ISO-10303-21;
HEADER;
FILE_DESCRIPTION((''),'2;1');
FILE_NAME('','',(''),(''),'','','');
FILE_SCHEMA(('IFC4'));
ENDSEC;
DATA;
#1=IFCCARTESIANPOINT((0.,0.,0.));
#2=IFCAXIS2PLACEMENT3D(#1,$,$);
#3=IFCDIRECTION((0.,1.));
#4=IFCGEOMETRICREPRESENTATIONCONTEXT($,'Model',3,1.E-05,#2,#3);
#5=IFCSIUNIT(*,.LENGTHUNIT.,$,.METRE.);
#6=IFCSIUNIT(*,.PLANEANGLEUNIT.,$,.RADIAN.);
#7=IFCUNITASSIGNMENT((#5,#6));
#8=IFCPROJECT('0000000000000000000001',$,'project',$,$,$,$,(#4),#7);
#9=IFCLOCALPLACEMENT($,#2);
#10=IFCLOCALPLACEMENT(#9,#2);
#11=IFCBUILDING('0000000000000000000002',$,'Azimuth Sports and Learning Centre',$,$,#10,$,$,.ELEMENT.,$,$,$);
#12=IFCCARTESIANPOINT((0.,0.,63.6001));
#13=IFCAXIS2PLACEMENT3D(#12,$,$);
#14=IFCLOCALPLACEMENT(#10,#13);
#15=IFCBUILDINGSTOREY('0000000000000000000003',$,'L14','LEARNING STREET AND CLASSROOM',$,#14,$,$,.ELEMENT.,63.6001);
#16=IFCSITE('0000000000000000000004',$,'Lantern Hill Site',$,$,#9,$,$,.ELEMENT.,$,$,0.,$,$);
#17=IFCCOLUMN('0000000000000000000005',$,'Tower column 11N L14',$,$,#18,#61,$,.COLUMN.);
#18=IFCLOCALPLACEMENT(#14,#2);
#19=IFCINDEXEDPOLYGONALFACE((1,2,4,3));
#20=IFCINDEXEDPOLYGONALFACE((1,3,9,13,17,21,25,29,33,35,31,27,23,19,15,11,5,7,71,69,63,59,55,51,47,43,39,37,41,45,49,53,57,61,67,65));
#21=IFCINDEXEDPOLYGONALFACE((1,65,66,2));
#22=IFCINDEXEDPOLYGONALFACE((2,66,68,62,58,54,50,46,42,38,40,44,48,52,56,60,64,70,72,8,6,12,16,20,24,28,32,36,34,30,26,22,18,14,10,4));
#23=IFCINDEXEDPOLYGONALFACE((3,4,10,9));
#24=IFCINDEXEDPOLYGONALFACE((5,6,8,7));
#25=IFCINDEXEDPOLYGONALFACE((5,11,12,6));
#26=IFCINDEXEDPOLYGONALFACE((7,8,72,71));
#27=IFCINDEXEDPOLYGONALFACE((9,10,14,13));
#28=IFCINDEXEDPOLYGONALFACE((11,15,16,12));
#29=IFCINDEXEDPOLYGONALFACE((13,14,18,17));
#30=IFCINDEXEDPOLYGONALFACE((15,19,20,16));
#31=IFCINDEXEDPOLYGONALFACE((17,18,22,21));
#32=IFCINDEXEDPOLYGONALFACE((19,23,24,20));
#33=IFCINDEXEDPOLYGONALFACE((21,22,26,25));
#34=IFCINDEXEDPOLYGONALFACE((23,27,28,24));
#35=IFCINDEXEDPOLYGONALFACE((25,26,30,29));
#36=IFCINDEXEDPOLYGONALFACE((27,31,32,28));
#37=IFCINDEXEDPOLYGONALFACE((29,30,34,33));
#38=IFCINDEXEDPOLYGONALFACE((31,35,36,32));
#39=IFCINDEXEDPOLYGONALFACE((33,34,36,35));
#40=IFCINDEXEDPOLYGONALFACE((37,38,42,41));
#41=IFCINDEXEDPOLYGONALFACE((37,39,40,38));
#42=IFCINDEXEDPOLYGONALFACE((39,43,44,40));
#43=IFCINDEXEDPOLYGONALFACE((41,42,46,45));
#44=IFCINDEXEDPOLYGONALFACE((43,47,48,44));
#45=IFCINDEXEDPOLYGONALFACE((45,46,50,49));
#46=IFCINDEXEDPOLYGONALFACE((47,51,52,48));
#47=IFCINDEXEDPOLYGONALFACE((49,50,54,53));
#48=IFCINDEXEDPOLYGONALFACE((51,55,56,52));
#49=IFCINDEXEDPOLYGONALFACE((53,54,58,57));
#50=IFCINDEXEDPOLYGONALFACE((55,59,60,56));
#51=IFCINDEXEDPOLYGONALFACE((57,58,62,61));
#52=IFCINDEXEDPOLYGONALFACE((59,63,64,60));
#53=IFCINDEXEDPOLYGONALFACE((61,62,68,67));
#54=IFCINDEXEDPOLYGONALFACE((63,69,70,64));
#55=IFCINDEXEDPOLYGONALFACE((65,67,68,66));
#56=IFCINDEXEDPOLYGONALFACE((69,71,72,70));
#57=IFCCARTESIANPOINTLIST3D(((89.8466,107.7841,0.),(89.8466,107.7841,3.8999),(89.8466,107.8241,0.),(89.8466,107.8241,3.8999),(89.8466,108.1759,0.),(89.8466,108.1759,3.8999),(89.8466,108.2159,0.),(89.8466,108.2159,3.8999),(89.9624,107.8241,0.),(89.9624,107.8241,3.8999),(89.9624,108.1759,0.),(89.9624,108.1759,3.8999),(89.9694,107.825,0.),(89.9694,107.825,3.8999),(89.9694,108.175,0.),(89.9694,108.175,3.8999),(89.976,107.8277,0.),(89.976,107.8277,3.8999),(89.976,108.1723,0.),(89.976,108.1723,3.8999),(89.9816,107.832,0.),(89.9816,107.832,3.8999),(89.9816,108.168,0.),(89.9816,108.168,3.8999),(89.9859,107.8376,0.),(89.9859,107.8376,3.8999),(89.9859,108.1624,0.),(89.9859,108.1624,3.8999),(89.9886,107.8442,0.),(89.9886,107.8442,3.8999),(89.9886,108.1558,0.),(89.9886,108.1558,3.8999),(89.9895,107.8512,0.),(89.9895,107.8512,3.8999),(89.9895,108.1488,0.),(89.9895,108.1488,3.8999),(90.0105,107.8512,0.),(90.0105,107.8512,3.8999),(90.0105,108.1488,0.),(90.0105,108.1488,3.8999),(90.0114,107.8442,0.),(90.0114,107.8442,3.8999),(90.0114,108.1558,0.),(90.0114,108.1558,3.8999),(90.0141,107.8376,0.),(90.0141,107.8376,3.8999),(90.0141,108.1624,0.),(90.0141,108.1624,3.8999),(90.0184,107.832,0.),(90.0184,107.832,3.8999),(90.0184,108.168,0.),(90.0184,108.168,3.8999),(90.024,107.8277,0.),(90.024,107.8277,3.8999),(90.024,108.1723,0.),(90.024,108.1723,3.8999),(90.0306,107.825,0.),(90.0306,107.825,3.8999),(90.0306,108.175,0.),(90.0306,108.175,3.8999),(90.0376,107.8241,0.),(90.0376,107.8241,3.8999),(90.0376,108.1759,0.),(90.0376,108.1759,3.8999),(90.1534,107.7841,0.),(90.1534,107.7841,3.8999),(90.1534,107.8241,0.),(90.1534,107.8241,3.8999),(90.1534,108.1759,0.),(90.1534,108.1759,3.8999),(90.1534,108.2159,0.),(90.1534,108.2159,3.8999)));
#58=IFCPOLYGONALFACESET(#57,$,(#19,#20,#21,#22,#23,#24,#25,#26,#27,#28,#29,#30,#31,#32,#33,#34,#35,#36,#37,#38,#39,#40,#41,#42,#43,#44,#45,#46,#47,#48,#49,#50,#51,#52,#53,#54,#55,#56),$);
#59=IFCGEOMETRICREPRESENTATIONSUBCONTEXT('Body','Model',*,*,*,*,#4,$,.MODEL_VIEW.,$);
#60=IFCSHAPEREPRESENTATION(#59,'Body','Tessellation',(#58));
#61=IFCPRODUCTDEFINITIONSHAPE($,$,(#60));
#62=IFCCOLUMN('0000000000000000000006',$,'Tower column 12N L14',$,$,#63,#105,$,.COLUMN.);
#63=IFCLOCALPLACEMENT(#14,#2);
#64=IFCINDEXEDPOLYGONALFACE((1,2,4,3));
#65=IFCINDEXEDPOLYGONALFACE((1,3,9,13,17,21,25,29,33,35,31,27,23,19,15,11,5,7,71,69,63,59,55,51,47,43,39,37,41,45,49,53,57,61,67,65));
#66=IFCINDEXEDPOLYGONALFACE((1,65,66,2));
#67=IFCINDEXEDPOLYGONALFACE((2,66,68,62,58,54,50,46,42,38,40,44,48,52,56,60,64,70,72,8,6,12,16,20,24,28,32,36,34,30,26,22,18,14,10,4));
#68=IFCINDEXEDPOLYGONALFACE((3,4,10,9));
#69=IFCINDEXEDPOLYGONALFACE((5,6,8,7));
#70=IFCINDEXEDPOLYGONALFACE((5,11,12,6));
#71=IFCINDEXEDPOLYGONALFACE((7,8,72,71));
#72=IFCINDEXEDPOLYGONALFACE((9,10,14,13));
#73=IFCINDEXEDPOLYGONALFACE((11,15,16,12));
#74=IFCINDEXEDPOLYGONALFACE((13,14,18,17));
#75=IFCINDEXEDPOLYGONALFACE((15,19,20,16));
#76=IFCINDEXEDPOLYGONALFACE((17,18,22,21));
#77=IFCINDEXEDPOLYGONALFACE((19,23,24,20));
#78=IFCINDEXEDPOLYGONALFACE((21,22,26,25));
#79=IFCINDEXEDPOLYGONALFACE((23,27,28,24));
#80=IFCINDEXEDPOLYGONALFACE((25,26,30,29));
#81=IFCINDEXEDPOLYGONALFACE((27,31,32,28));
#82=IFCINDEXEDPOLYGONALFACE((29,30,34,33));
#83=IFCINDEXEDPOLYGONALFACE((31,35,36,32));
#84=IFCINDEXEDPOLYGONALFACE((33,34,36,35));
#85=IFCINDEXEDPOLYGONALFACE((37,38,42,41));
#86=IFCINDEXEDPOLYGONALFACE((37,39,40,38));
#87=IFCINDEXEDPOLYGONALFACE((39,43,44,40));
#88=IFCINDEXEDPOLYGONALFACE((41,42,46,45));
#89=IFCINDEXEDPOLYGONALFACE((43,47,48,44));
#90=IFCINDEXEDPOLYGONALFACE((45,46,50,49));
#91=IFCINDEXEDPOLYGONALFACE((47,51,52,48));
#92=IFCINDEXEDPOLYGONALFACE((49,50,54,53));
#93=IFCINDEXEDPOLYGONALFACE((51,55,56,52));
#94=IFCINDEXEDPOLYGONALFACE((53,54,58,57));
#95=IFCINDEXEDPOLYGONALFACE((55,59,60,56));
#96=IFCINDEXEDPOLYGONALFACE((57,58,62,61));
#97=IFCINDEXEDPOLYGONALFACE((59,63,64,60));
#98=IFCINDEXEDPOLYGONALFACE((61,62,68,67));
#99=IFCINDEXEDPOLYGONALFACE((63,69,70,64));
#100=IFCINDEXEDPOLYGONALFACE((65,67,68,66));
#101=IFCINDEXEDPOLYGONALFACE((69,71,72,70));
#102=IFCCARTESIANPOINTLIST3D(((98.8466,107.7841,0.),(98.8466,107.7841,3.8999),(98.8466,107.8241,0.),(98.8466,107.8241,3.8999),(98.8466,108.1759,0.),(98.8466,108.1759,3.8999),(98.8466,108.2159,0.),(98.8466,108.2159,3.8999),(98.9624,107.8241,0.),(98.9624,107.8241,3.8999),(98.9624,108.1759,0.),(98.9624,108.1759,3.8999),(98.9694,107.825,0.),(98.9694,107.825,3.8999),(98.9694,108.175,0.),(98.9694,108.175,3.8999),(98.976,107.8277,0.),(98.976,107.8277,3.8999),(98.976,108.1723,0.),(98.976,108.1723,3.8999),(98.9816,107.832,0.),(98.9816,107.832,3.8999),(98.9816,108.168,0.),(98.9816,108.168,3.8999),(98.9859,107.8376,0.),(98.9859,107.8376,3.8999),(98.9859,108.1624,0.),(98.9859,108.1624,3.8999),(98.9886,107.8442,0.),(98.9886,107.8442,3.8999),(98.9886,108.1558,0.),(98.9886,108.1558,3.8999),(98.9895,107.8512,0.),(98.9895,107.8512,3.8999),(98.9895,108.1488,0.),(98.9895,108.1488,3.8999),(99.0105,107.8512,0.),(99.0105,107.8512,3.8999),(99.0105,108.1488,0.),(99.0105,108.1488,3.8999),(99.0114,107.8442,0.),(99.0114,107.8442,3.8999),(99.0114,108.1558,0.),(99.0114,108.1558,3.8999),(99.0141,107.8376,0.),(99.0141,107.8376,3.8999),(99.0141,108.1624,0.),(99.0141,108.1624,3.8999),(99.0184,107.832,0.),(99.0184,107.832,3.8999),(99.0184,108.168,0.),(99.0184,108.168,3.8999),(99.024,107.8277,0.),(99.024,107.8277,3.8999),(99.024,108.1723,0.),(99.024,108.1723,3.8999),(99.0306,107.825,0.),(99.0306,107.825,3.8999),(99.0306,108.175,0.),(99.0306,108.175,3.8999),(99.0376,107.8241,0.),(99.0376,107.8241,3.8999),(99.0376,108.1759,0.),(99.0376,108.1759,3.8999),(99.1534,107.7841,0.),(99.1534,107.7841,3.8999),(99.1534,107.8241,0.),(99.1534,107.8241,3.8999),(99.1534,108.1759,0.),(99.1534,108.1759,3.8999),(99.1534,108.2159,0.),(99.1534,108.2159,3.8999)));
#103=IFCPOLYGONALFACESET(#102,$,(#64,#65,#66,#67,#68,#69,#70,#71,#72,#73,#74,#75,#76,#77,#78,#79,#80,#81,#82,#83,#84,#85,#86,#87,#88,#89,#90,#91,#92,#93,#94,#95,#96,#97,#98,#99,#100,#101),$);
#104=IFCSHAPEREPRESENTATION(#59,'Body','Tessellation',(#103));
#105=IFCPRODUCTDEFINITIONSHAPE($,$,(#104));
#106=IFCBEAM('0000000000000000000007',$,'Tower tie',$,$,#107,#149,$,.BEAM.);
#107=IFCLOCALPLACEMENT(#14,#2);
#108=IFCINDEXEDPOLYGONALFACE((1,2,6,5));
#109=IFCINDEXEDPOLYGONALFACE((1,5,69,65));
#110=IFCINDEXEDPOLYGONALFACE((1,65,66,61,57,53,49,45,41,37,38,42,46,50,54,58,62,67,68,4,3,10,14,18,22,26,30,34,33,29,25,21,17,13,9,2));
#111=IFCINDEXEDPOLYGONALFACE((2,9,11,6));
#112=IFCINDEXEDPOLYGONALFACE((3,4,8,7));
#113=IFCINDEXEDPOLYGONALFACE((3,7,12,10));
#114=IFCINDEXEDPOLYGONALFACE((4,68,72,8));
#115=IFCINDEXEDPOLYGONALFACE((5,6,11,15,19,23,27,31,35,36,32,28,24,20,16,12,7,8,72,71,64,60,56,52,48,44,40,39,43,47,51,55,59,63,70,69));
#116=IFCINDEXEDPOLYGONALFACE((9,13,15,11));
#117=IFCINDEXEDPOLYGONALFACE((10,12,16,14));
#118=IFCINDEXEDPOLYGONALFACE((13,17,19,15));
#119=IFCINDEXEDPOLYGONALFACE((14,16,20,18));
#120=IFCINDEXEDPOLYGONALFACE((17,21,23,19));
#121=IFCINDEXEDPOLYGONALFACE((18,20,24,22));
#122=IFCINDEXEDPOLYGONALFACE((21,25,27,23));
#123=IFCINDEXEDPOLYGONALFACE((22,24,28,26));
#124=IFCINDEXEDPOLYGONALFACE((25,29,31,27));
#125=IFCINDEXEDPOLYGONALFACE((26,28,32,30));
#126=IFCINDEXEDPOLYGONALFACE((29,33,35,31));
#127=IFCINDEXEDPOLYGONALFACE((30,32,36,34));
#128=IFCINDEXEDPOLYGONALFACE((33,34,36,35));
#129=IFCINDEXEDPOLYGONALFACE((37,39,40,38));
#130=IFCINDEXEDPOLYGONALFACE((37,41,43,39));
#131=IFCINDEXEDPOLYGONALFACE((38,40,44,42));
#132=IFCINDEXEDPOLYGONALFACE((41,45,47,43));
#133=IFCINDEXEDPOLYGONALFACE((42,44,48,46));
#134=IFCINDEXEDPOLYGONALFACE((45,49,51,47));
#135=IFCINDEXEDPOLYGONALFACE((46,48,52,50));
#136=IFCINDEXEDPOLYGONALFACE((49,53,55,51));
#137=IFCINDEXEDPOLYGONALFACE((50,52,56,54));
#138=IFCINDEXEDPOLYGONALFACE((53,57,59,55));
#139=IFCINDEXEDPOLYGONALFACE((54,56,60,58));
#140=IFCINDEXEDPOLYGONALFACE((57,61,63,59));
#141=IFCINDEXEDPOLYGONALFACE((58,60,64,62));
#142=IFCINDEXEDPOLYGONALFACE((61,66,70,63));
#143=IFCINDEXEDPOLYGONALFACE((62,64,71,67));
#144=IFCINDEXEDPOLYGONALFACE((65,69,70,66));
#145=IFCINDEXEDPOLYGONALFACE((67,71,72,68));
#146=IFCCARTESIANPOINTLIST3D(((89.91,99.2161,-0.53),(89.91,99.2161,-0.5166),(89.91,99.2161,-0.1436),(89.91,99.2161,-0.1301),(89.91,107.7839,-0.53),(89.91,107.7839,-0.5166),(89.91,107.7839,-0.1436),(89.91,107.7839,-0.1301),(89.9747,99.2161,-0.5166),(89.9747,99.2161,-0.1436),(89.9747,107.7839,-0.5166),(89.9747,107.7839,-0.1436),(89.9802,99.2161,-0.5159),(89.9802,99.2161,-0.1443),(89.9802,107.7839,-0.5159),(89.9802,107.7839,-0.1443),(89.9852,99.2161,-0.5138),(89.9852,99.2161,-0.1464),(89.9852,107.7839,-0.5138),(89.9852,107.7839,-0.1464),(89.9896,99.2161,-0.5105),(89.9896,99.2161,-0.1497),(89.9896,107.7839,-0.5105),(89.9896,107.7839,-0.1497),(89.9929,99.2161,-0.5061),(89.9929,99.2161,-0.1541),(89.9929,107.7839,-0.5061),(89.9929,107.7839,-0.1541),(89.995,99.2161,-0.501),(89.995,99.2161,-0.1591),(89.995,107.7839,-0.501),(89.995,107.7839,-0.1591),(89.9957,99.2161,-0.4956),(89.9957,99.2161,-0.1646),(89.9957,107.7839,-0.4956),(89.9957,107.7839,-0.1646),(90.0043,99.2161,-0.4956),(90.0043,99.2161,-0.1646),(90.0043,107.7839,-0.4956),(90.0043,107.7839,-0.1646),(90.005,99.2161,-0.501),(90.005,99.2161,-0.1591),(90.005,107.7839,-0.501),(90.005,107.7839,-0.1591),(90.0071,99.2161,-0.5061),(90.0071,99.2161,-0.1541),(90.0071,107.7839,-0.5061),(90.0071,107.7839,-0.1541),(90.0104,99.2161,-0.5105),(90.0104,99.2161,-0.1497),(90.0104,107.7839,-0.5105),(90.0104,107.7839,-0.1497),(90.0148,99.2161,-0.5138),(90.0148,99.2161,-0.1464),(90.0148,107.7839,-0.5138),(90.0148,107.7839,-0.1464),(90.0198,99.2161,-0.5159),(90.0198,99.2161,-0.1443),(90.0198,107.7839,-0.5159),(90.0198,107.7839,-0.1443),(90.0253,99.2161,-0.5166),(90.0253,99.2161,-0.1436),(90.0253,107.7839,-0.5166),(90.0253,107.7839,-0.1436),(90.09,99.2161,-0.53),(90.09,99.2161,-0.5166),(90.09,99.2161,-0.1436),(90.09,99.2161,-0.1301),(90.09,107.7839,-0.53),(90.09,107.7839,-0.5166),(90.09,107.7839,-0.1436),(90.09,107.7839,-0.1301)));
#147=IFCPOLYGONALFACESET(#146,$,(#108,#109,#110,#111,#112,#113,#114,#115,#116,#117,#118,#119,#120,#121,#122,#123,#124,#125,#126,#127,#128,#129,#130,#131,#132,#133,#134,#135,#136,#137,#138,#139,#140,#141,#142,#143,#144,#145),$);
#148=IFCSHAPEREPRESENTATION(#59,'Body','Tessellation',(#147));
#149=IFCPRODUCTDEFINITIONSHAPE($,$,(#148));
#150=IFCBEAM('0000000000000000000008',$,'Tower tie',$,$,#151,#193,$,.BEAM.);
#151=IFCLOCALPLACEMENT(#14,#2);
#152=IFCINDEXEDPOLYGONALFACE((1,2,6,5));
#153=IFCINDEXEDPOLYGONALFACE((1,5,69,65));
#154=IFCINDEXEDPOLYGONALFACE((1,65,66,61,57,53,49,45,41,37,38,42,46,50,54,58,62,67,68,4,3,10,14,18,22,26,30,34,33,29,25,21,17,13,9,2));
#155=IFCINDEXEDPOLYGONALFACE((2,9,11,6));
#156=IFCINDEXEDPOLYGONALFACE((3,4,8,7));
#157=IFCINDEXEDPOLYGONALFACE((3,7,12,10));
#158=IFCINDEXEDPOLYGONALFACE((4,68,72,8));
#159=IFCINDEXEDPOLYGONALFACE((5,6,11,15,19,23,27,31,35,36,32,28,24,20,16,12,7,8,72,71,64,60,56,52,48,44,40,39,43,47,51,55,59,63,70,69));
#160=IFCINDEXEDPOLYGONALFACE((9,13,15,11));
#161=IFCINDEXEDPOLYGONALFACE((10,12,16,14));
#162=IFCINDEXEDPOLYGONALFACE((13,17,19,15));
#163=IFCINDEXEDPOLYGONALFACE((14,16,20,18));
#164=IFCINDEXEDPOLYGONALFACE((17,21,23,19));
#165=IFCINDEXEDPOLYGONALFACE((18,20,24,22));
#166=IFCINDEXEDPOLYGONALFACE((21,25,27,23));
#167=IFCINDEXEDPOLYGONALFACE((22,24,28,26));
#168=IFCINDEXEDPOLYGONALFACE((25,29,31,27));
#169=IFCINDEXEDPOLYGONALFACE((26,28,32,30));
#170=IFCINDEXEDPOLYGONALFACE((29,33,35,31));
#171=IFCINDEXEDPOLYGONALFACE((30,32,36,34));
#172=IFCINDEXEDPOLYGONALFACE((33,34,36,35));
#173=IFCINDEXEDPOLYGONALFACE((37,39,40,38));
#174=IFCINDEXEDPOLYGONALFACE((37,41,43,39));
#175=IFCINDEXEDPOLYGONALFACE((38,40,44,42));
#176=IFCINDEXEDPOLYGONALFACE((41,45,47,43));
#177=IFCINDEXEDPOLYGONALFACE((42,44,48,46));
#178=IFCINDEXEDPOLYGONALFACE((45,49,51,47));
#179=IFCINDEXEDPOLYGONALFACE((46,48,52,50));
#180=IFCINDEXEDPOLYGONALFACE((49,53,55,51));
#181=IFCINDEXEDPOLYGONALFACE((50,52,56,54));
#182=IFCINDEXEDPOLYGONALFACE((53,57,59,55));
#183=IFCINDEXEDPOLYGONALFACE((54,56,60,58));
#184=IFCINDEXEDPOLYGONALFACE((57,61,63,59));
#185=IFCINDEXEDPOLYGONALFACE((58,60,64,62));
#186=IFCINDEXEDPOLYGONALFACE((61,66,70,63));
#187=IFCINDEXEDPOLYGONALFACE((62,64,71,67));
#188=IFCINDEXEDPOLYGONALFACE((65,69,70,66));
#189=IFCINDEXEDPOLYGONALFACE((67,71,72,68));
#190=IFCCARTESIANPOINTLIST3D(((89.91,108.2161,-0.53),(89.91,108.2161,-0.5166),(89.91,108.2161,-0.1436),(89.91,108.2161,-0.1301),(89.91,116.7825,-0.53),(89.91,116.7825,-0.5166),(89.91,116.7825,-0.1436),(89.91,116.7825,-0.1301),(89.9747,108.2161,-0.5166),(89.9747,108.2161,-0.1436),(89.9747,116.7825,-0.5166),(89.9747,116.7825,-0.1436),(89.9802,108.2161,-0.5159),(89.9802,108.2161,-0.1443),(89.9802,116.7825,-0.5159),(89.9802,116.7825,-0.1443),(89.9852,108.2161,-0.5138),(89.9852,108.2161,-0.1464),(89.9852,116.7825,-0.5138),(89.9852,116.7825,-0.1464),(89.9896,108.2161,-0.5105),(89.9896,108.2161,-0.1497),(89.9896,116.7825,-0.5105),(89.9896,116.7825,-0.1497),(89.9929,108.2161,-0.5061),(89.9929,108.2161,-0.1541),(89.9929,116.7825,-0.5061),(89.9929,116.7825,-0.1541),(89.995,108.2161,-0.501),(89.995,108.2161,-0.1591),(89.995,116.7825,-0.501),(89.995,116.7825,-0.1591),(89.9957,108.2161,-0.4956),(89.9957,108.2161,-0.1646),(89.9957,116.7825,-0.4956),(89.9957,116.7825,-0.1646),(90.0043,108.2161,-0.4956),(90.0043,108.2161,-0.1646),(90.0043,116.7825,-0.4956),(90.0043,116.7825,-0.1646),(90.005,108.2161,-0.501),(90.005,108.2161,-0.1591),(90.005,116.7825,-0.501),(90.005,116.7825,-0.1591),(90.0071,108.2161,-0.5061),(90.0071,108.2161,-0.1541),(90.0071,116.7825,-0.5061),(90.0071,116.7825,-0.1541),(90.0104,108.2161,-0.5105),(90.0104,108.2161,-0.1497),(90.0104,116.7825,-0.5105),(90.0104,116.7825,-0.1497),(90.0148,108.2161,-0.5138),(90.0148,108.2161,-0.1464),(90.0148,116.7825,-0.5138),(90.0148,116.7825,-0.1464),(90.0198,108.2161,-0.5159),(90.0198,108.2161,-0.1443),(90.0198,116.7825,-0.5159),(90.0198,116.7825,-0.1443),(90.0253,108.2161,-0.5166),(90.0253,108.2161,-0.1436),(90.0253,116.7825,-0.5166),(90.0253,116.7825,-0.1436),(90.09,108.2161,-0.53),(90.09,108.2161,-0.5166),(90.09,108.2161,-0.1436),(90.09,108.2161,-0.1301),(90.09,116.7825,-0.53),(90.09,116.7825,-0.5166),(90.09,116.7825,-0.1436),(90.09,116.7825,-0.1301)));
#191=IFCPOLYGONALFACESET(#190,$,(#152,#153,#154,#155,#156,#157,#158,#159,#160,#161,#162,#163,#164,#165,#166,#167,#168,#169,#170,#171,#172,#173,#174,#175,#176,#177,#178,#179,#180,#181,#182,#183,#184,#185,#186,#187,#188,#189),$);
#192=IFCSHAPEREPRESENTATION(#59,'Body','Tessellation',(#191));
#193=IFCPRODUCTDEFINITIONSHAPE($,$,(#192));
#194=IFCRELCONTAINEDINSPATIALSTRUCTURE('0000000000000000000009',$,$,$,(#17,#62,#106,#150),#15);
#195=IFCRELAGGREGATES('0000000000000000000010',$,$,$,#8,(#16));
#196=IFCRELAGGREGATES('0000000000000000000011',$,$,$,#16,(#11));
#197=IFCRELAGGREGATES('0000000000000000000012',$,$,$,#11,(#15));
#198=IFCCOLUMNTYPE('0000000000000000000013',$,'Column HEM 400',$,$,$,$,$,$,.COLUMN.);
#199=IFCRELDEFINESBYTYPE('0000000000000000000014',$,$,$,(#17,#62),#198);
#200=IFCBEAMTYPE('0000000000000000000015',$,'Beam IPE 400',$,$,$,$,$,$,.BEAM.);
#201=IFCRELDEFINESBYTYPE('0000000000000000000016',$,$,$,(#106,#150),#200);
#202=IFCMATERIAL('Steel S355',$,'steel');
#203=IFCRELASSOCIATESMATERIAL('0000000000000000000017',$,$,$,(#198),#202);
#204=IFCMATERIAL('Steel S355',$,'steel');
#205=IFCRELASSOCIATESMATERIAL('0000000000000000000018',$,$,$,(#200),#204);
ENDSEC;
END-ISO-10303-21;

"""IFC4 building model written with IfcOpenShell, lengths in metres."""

from ifc_helpers import new_model, si_unit, direction, frame, origin, origin_2d, place, context, subcontext, project, spatial, i_section, extrude, material, material_profile, profile_set, type_object, element, save


model = new_model("IFC4")

# Units and contexts
model_context = context("Model", 3, precision=1e-05, world=origin(), true_north=direction((0.0, 1.0)))
body_context = subcontext(model_context, "Body", "Model", "MODEL_VIEW")
ifc_project = project(units=[si_unit("LENGTHUNIT", "METRE"), si_unit("PLANEANGLEUNIT", "RADIAN")], contexts=[model_context])

# Site, building, storey
site_placement = place(None, origin())
site = spatial("IfcSite", under=ifc_project, at=site_placement, Name="Lantern Hill Site", CompositionType="ELEMENT", RefElevation=0.0)
building_placement = place(site_placement, origin())
building = spatial("IfcBuilding", under=site, at=building_placement, Name="Azimuth Sports and Learning Centre", CompositionType="ELEMENT")
storey_placement = place(building_placement, frame((0.0, 0.0, 63.6001)))
storey = spatial("IfcBuildingStorey", under=building, at=storey_placement, Name="L14", Description="LEARNING STREET AND CLASSROOM", CompositionType="ELEMENT", Elevation=63.6001)

# Columns
ifc_material_1 = material(Name="Steel S355", Category="steel")
ifc_material_profile_1 = material_profile(ifc_material_1, i_section(OverallWidth=0.3069, OverallDepth=0.4319, WebThickness=0.021, FlangeThickness=0.04, FilletRadius=0.0271, at=origin_2d()), Name="HEM 400")
ifc_profile_set_1 = profile_set([ifc_material_profile_1], Name="Steel S355")
column_type = type_object("IfcColumnType", Name="Column HEM 400", PredefinedType="COLUMN", material=ifc_profile_set_1)
for number, where, z_axis, x_axis, name in (
    (1, (90.0, 108.0, 0.0), (0.0, 0.0, 1.0), (1.0, 0.0, 0.0), "Tower column 11N L14"),
    (2, (99.0, 108.0, 0.0), (0.0, 0.0, 1.0), (1.0, 0.0, 0.0), "Tower column 12N L14"),
):
    element("IfcColumn", number, at=place(storey_placement, frame(where, z_axis=z_axis, x_axis=x_axis)), inside=storey, type_object=column_type, Name=name, PredefinedType="COLUMN", context=body_context, shape_type="SweptSolid", body=[
        extrude(i_section(OverallWidth=0.3069, OverallDepth=0.4319, WebThickness=0.021, FlangeThickness=0.04, FilletRadius=0.0271, at=origin_2d()), origin(), (0.0, 0.0, 1.0), 3.8999),
    ])

# Beams
ifc_material_2 = material(Name="Steel S355", Category="steel")
ifc_material_profile_2 = material_profile(ifc_material_2, i_section(OverallWidth=0.1799, OverallDepth=0.3999, WebThickness=0.0085, FlangeThickness=0.0134, FilletRadius=0.021, at=origin_2d()), Name="IPE 400")
ifc_profile_set_2 = profile_set([ifc_material_profile_2], Name="Steel S355")
beam_type_1 = type_object("IfcBeamType", Name="Beam IPE 400", PredefinedType="BEAM", material=ifc_profile_set_2)
beam_1_placement = place(storey_placement, frame((90.0, 99.2161, -0.3301), z_axis=(0.0, 1.0, 0.0), x_axis=(-1.0, 0.0, 0.0)))
element("IfcBeam", 3, at=beam_1_placement, inside=storey, type_object=beam_type_1, Name="Tower tie", PredefinedType="BEAM", context=body_context, shape_type="SweptSolid", body=[
    extrude(i_section(OverallWidth=0.1799, OverallDepth=0.3999, WebThickness=0.0085, FlangeThickness=0.0134, FilletRadius=0.021, at=origin_2d()), origin(), (0.0, 0.0, 1.0), 8.5679),
])
beam_2_placement = place(storey_placement, frame((90.0, 108.2161, -0.3301), z_axis=(0.0, 1.0, 0.0), x_axis=(-1.0, 0.0, 0.0)))
element("IfcBeam", 4, at=beam_2_placement, inside=storey, type_object=beam_type_1, Name="Tower tie", PredefinedType="BEAM", context=body_context, shape_type="SweptSolid", body=[
    extrude(i_section(OverallWidth=0.1799, OverallDepth=0.3999, WebThickness=0.0085, FlangeThickness=0.0134, FilletRadius=0.021, at=origin_2d()), origin(), (0.0, 0.0, 1.0), 8.5664),
])

save(model, "model.ifc")
